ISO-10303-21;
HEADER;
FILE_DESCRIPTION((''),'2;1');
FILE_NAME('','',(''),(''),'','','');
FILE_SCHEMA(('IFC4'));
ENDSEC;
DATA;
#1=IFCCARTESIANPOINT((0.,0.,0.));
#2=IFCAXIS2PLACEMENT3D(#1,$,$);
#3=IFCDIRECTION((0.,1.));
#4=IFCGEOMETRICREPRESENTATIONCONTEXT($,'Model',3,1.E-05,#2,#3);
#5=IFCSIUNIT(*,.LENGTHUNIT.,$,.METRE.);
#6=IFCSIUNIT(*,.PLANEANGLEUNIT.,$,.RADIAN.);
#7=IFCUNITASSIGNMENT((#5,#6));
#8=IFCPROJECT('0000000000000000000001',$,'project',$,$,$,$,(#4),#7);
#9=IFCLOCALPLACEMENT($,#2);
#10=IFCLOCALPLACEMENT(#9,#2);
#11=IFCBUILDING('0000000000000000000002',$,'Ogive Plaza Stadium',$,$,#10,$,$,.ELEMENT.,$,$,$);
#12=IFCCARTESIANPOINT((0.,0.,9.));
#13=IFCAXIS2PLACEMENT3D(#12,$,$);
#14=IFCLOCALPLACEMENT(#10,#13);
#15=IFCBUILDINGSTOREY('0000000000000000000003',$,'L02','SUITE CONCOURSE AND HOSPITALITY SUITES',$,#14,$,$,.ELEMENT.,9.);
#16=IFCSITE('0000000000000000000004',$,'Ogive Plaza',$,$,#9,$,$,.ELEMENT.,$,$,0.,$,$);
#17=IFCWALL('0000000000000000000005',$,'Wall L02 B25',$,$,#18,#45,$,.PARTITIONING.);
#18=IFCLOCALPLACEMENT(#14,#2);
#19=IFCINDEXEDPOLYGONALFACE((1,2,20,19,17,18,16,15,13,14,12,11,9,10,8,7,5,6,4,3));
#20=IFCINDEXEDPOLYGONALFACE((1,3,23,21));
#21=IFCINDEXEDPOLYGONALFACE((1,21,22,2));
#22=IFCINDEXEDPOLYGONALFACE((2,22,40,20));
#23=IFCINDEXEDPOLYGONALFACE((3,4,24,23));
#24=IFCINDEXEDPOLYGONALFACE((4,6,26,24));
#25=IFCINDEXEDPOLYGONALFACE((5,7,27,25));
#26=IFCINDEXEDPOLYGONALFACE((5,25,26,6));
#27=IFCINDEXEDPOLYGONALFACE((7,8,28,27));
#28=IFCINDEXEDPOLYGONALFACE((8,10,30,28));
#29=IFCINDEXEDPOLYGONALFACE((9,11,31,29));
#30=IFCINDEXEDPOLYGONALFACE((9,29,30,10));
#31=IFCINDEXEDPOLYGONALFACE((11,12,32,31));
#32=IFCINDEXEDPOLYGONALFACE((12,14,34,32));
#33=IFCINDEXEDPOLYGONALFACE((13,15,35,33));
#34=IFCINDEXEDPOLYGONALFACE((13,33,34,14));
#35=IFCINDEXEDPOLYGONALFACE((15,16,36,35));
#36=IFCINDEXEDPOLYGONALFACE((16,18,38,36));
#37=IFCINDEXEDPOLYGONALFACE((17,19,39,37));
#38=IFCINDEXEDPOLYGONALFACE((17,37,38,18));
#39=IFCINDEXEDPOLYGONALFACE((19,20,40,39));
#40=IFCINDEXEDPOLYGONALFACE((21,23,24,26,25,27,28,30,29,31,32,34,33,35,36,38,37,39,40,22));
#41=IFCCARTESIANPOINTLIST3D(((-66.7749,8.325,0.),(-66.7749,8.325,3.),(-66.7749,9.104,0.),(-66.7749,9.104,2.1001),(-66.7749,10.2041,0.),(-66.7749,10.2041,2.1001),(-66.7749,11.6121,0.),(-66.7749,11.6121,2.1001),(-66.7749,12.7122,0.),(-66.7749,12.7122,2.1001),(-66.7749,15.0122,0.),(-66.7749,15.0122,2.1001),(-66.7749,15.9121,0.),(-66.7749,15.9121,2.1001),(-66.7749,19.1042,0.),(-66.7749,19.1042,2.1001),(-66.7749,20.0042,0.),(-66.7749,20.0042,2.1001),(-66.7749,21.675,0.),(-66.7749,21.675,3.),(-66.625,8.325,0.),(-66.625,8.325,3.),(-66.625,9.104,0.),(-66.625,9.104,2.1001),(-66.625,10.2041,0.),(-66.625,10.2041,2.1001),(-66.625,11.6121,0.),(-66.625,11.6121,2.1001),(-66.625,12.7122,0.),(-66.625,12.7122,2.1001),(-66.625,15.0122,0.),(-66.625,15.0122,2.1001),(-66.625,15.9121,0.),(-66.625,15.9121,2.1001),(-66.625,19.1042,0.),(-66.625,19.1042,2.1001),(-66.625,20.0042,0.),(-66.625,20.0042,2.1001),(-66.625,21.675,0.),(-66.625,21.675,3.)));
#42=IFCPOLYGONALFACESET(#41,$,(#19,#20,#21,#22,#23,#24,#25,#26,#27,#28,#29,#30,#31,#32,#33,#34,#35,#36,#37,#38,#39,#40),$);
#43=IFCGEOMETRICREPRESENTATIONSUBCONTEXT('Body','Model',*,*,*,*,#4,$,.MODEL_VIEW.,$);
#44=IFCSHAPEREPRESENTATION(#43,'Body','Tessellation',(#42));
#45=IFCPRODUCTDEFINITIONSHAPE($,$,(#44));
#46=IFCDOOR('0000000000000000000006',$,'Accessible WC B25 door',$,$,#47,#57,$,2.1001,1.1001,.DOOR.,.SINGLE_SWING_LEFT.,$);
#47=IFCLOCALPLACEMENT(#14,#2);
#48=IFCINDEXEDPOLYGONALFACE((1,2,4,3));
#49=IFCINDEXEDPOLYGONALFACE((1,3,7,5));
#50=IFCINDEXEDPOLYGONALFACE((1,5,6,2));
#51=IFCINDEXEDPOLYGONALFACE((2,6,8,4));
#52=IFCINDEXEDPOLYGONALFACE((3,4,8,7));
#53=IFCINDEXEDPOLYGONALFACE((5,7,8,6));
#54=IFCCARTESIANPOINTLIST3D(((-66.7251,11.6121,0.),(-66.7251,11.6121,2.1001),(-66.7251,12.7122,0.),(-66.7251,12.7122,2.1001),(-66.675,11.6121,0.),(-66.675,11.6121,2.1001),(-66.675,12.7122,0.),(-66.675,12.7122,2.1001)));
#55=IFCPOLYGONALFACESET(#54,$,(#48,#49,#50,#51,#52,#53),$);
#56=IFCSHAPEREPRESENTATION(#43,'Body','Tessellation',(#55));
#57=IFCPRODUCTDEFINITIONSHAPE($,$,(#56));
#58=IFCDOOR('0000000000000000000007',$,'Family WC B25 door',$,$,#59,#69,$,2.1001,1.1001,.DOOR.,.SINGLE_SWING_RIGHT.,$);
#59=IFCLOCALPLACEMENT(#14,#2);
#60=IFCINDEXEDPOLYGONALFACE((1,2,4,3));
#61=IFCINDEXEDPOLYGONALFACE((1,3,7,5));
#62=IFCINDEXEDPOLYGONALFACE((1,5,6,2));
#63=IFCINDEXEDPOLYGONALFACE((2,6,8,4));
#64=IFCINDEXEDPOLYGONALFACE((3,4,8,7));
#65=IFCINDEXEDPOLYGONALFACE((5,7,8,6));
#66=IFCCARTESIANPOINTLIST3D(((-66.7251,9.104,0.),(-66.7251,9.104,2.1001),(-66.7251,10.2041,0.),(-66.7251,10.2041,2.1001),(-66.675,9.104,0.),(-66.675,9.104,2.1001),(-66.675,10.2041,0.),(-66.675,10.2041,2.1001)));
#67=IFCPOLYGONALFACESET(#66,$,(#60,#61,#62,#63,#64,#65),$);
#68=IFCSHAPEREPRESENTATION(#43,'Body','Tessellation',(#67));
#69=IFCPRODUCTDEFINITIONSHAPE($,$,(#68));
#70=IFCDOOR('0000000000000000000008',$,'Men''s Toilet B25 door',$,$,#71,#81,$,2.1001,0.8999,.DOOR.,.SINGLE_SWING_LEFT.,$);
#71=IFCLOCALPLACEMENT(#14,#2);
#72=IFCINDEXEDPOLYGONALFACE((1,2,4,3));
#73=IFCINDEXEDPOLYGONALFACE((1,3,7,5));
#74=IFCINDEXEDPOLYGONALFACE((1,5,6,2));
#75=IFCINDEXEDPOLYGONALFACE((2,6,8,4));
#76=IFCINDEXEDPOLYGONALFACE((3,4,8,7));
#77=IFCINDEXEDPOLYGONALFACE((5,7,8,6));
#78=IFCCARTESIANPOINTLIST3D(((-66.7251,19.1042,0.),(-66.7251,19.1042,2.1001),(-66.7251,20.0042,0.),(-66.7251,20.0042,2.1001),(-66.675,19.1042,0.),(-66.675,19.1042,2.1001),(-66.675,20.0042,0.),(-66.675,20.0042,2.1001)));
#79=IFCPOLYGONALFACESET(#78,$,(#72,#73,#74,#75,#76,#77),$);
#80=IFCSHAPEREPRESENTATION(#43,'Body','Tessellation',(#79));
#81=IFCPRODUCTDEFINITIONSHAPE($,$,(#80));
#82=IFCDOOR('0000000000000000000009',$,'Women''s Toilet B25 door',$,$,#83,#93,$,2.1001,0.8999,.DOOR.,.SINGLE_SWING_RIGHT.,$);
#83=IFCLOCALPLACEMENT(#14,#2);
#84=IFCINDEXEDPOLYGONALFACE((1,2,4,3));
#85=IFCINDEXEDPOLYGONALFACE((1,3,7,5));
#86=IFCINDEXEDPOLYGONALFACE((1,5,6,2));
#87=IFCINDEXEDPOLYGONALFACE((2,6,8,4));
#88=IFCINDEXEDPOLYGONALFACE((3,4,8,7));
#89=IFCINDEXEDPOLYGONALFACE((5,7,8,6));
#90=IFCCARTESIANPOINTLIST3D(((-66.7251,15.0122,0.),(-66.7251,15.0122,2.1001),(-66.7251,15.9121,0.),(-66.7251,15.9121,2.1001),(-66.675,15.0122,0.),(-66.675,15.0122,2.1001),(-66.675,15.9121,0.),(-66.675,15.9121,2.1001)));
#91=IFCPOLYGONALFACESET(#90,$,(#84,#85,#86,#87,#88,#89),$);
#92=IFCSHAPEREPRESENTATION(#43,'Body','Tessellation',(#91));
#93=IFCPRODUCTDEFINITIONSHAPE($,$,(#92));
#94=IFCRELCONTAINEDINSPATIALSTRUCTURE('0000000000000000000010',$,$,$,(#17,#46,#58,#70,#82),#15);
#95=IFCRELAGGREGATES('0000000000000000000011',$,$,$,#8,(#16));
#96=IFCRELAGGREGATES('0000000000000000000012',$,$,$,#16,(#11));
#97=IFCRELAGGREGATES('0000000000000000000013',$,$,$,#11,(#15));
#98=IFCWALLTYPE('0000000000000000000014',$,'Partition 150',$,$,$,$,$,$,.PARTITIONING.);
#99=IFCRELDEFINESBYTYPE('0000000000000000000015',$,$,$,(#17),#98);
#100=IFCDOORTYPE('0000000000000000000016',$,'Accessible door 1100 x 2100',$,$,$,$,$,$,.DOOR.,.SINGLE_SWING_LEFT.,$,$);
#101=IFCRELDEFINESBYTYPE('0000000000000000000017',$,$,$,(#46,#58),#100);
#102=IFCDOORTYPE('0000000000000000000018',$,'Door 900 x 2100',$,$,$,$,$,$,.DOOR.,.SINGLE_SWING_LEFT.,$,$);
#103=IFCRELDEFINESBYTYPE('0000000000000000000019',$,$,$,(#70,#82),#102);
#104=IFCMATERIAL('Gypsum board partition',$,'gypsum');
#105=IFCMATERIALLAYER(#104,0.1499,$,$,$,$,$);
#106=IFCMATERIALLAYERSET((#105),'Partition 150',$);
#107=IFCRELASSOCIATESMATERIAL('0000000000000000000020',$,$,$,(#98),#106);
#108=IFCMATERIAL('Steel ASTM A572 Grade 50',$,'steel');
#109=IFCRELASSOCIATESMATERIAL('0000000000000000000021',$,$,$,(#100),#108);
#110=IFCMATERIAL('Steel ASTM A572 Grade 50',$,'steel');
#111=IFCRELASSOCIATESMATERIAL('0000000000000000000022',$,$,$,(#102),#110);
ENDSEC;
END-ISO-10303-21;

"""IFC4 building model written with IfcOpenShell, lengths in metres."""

from ifc_helpers import new_model, si_unit, direction, frame, frame_2d, origin, place, context, subcontext, project, spatial, rectangle, extrude, material, layer, layer_set, type_object, element, fill, save


model = new_model("IFC4")

# Units and contexts
model_context = context("Model", 3, precision=1e-05, world=origin(), true_north=direction((0.0, 1.0)))
body_context = subcontext(model_context, "Body", "Model", "MODEL_VIEW")
ifc_project = project(units=[si_unit("LENGTHUNIT", "METRE"), si_unit("PLANEANGLEUNIT", "RADIAN")], contexts=[model_context])

# Site, building, storey
site_placement = place(None, origin())
site = spatial("IfcSite", under=ifc_project, at=site_placement, Name="Ogive Plaza", CompositionType="ELEMENT", RefElevation=0.0)
building_placement = place(site_placement, origin())
building = spatial("IfcBuilding", under=site, at=building_placement, Name="Ogive Plaza Stadium", CompositionType="ELEMENT")
storey_placement = place(building_placement, frame((0.0, 0.0, 9.0)))
storey = spatial("IfcBuildingStorey", under=building, at=storey_placement, Name="L02", Description="SUITE CONCOURSE AND HOSPITALITY SUITES", CompositionType="ELEMENT", Elevation=9.0)

# Wall, openings, doors
ifc_material_1 = material(Name="Gypsum board partition", Category="gypsum")
ifc_layer_1 = layer(ifc_material_1, 0.1499)
ifc_layer_set_1 = layer_set([ifc_layer_1], Name="Partition 150")
wall_type_1 = type_object("IfcWallType", Name="Partition 150", PredefinedType="PARTITIONING", material=ifc_layer_set_1)
wall_1_placement = place(storey_placement, frame((-66.7, 21.675, 0.0), z_axis=(0.0, 0.0, 1.0), x_axis=(0.0, -1.0, 0.0)))
wall_1 = element("IfcWall", 1, at=wall_1_placement, inside=storey, type_object=wall_type_1, Name="Wall L02 B25", PredefinedType="PARTITIONING", context=body_context, shape_type="SweptSolid", body=[
    extrude(rectangle(XDim=13.3501, YDim=0.1499, at=frame_2d((6.675, 0.0))), origin(), (0.0, 0.0, 1.0), 3.0),
])
opening_1_placement = place(wall_1_placement, frame((1.6709, 0.0, 0.0)))
opening_1 = element("IfcOpeningElement", 2, at=opening_1_placement, cuts=wall_1, PredefinedType="OPENING", context=body_context, shape_type="SweptSolid", body=[
    extrude(rectangle(XDim=0.8999, YDim=2.1001, at=frame_2d((0.45, 1.05))), frame((0.0, 0.075, 0.0), z_axis=(0.0, -1.0, 0.0), x_axis=(1.0, 0.0, 0.0)), (0.0, 0.0, 1.0), 0.1499),
])
opening_2_placement = place(wall_1_placement, frame((5.7629, 0.0, 0.0)))
opening_2 = element("IfcOpeningElement", 3, at=opening_2_placement, cuts=wall_1, PredefinedType="OPENING", context=body_context, shape_type="SweptSolid", body=[
    extrude(rectangle(XDim=0.8999, YDim=2.1001, at=frame_2d((0.45, 1.05))), frame((0.0, 0.075, 0.0), z_axis=(0.0, -1.0, 0.0), x_axis=(1.0, 0.0, 0.0)), (0.0, 0.0, 1.0), 0.1499),
])
opening_3_placement = place(wall_1_placement, frame((8.9629, 0.0, 0.0)))
opening_3 = element("IfcOpeningElement", 4, at=opening_3_placement, cuts=wall_1, PredefinedType="OPENING", context=body_context, shape_type="SweptSolid", body=[
    extrude(rectangle(XDim=1.1001, YDim=2.1001, at=frame_2d((0.55, 1.05))), frame((0.0, 0.075, 0.0), z_axis=(0.0, -1.0, 0.0), x_axis=(1.0, 0.0, 0.0)), (0.0, 0.0, 1.0), 0.1499),
])
opening_4_placement = place(wall_1_placement, frame((11.4709, 0.0, 0.0)))
opening_4 = element("IfcOpeningElement", 5, at=opening_4_placement, cuts=wall_1, PredefinedType="OPENING", context=body_context, shape_type="SweptSolid", body=[
    extrude(rectangle(XDim=1.1001, YDim=2.1001, at=frame_2d((0.55, 1.05))), frame((0.0, 0.075, 0.0), z_axis=(0.0, -1.0, 0.0), x_axis=(1.0, 0.0, 0.0)), (0.0, 0.0, 1.0), 0.1499),
])
ifc_material_2 = material(Name="Steel ASTM A572 Grade 50", Category="steel")
door_type_1 = type_object("IfcDoorType", Name="Accessible door 1100 x 2100", OperationType="SINGLE_SWING_LEFT", PredefinedType="DOOR", material=ifc_material_2)
door_1_placement = place(opening_3_placement, origin())
door_1 = element("IfcDoor", 6, at=door_1_placement, inside=storey, type_object=door_type_1, Name="Accessible WC B25 door", OperationType="SINGLE_SWING_LEFT", OverallHeight=2.1001, OverallWidth=1.1001, PredefinedType="DOOR", context=body_context, shape_type="SweptSolid", body=[
    extrude(rectangle(XDim=1.1001, YDim=2.1001, at=frame_2d((0.55, 1.05))), frame((0.0, 0.0249, 0.0), z_axis=(0.0, -1.0, 0.0), x_axis=(1.0, 0.0, 0.0)), (0.0, 0.0, 1.0), 0.05),
])
fill(opening_3, door_1)
door_2_placement = place(opening_4_placement, origin())
door_2 = element("IfcDoor", 7, at=door_2_placement, inside=storey, type_object=door_type_1, Name="Family WC B25 door", OperationType="SINGLE_SWING_RIGHT", OverallHeight=2.1001, OverallWidth=1.1001, PredefinedType="DOOR", context=body_context, shape_type="SweptSolid", body=[
    extrude(rectangle(XDim=1.1001, YDim=2.1001, at=frame_2d((0.55, 1.05))), frame((0.0, 0.0249, 0.0), z_axis=(0.0, -1.0, 0.0), x_axis=(1.0, 0.0, 0.0)), (0.0, 0.0, 1.0), 0.05),
])
fill(opening_4, door_2)
ifc_material_3 = material(Name="Steel ASTM A572 Grade 50", Category="steel")
door_type_2 = type_object("IfcDoorType", Name="Door 900 x 2100", OperationType="SINGLE_SWING_LEFT", PredefinedType="DOOR", material=ifc_material_3)
door_3_placement = place(opening_1_placement, origin())
door_3 = element("IfcDoor", 8, at=door_3_placement, inside=storey, type_object=door_type_2, Name="Men's Toilet B25 door", OperationType="SINGLE_SWING_LEFT", OverallHeight=2.1001, OverallWidth=0.8999, PredefinedType="DOOR", context=body_context, shape_type="SweptSolid", body=[
    extrude(rectangle(XDim=0.8999, YDim=2.1001, at=frame_2d((0.45, 1.05))), frame((0.0, 0.0249, 0.0), z_axis=(0.0, -1.0, 0.0), x_axis=(1.0, 0.0, 0.0)), (0.0, 0.0, 1.0), 0.05),
])
fill(opening_1, door_3)
door_4_placement = place(opening_2_placement, origin())
door_4 = element("IfcDoor", 9, at=door_4_placement, inside=storey, type_object=door_type_2, Name="Women's Toilet B25 door", OperationType="SINGLE_SWING_RIGHT", OverallHeight=2.1001, OverallWidth=0.8999, PredefinedType="DOOR", context=body_context, shape_type="SweptSolid", body=[
    extrude(rectangle(XDim=0.8999, YDim=2.1001, at=frame_2d((0.45, 1.05))), frame((0.0, 0.0249, 0.0), z_axis=(0.0, -1.0, 0.0), x_axis=(1.0, 0.0, 0.0)), (0.0, 0.0, 1.0), 0.05),
])
fill(opening_2, door_4)

save(model, "model.ifc")
